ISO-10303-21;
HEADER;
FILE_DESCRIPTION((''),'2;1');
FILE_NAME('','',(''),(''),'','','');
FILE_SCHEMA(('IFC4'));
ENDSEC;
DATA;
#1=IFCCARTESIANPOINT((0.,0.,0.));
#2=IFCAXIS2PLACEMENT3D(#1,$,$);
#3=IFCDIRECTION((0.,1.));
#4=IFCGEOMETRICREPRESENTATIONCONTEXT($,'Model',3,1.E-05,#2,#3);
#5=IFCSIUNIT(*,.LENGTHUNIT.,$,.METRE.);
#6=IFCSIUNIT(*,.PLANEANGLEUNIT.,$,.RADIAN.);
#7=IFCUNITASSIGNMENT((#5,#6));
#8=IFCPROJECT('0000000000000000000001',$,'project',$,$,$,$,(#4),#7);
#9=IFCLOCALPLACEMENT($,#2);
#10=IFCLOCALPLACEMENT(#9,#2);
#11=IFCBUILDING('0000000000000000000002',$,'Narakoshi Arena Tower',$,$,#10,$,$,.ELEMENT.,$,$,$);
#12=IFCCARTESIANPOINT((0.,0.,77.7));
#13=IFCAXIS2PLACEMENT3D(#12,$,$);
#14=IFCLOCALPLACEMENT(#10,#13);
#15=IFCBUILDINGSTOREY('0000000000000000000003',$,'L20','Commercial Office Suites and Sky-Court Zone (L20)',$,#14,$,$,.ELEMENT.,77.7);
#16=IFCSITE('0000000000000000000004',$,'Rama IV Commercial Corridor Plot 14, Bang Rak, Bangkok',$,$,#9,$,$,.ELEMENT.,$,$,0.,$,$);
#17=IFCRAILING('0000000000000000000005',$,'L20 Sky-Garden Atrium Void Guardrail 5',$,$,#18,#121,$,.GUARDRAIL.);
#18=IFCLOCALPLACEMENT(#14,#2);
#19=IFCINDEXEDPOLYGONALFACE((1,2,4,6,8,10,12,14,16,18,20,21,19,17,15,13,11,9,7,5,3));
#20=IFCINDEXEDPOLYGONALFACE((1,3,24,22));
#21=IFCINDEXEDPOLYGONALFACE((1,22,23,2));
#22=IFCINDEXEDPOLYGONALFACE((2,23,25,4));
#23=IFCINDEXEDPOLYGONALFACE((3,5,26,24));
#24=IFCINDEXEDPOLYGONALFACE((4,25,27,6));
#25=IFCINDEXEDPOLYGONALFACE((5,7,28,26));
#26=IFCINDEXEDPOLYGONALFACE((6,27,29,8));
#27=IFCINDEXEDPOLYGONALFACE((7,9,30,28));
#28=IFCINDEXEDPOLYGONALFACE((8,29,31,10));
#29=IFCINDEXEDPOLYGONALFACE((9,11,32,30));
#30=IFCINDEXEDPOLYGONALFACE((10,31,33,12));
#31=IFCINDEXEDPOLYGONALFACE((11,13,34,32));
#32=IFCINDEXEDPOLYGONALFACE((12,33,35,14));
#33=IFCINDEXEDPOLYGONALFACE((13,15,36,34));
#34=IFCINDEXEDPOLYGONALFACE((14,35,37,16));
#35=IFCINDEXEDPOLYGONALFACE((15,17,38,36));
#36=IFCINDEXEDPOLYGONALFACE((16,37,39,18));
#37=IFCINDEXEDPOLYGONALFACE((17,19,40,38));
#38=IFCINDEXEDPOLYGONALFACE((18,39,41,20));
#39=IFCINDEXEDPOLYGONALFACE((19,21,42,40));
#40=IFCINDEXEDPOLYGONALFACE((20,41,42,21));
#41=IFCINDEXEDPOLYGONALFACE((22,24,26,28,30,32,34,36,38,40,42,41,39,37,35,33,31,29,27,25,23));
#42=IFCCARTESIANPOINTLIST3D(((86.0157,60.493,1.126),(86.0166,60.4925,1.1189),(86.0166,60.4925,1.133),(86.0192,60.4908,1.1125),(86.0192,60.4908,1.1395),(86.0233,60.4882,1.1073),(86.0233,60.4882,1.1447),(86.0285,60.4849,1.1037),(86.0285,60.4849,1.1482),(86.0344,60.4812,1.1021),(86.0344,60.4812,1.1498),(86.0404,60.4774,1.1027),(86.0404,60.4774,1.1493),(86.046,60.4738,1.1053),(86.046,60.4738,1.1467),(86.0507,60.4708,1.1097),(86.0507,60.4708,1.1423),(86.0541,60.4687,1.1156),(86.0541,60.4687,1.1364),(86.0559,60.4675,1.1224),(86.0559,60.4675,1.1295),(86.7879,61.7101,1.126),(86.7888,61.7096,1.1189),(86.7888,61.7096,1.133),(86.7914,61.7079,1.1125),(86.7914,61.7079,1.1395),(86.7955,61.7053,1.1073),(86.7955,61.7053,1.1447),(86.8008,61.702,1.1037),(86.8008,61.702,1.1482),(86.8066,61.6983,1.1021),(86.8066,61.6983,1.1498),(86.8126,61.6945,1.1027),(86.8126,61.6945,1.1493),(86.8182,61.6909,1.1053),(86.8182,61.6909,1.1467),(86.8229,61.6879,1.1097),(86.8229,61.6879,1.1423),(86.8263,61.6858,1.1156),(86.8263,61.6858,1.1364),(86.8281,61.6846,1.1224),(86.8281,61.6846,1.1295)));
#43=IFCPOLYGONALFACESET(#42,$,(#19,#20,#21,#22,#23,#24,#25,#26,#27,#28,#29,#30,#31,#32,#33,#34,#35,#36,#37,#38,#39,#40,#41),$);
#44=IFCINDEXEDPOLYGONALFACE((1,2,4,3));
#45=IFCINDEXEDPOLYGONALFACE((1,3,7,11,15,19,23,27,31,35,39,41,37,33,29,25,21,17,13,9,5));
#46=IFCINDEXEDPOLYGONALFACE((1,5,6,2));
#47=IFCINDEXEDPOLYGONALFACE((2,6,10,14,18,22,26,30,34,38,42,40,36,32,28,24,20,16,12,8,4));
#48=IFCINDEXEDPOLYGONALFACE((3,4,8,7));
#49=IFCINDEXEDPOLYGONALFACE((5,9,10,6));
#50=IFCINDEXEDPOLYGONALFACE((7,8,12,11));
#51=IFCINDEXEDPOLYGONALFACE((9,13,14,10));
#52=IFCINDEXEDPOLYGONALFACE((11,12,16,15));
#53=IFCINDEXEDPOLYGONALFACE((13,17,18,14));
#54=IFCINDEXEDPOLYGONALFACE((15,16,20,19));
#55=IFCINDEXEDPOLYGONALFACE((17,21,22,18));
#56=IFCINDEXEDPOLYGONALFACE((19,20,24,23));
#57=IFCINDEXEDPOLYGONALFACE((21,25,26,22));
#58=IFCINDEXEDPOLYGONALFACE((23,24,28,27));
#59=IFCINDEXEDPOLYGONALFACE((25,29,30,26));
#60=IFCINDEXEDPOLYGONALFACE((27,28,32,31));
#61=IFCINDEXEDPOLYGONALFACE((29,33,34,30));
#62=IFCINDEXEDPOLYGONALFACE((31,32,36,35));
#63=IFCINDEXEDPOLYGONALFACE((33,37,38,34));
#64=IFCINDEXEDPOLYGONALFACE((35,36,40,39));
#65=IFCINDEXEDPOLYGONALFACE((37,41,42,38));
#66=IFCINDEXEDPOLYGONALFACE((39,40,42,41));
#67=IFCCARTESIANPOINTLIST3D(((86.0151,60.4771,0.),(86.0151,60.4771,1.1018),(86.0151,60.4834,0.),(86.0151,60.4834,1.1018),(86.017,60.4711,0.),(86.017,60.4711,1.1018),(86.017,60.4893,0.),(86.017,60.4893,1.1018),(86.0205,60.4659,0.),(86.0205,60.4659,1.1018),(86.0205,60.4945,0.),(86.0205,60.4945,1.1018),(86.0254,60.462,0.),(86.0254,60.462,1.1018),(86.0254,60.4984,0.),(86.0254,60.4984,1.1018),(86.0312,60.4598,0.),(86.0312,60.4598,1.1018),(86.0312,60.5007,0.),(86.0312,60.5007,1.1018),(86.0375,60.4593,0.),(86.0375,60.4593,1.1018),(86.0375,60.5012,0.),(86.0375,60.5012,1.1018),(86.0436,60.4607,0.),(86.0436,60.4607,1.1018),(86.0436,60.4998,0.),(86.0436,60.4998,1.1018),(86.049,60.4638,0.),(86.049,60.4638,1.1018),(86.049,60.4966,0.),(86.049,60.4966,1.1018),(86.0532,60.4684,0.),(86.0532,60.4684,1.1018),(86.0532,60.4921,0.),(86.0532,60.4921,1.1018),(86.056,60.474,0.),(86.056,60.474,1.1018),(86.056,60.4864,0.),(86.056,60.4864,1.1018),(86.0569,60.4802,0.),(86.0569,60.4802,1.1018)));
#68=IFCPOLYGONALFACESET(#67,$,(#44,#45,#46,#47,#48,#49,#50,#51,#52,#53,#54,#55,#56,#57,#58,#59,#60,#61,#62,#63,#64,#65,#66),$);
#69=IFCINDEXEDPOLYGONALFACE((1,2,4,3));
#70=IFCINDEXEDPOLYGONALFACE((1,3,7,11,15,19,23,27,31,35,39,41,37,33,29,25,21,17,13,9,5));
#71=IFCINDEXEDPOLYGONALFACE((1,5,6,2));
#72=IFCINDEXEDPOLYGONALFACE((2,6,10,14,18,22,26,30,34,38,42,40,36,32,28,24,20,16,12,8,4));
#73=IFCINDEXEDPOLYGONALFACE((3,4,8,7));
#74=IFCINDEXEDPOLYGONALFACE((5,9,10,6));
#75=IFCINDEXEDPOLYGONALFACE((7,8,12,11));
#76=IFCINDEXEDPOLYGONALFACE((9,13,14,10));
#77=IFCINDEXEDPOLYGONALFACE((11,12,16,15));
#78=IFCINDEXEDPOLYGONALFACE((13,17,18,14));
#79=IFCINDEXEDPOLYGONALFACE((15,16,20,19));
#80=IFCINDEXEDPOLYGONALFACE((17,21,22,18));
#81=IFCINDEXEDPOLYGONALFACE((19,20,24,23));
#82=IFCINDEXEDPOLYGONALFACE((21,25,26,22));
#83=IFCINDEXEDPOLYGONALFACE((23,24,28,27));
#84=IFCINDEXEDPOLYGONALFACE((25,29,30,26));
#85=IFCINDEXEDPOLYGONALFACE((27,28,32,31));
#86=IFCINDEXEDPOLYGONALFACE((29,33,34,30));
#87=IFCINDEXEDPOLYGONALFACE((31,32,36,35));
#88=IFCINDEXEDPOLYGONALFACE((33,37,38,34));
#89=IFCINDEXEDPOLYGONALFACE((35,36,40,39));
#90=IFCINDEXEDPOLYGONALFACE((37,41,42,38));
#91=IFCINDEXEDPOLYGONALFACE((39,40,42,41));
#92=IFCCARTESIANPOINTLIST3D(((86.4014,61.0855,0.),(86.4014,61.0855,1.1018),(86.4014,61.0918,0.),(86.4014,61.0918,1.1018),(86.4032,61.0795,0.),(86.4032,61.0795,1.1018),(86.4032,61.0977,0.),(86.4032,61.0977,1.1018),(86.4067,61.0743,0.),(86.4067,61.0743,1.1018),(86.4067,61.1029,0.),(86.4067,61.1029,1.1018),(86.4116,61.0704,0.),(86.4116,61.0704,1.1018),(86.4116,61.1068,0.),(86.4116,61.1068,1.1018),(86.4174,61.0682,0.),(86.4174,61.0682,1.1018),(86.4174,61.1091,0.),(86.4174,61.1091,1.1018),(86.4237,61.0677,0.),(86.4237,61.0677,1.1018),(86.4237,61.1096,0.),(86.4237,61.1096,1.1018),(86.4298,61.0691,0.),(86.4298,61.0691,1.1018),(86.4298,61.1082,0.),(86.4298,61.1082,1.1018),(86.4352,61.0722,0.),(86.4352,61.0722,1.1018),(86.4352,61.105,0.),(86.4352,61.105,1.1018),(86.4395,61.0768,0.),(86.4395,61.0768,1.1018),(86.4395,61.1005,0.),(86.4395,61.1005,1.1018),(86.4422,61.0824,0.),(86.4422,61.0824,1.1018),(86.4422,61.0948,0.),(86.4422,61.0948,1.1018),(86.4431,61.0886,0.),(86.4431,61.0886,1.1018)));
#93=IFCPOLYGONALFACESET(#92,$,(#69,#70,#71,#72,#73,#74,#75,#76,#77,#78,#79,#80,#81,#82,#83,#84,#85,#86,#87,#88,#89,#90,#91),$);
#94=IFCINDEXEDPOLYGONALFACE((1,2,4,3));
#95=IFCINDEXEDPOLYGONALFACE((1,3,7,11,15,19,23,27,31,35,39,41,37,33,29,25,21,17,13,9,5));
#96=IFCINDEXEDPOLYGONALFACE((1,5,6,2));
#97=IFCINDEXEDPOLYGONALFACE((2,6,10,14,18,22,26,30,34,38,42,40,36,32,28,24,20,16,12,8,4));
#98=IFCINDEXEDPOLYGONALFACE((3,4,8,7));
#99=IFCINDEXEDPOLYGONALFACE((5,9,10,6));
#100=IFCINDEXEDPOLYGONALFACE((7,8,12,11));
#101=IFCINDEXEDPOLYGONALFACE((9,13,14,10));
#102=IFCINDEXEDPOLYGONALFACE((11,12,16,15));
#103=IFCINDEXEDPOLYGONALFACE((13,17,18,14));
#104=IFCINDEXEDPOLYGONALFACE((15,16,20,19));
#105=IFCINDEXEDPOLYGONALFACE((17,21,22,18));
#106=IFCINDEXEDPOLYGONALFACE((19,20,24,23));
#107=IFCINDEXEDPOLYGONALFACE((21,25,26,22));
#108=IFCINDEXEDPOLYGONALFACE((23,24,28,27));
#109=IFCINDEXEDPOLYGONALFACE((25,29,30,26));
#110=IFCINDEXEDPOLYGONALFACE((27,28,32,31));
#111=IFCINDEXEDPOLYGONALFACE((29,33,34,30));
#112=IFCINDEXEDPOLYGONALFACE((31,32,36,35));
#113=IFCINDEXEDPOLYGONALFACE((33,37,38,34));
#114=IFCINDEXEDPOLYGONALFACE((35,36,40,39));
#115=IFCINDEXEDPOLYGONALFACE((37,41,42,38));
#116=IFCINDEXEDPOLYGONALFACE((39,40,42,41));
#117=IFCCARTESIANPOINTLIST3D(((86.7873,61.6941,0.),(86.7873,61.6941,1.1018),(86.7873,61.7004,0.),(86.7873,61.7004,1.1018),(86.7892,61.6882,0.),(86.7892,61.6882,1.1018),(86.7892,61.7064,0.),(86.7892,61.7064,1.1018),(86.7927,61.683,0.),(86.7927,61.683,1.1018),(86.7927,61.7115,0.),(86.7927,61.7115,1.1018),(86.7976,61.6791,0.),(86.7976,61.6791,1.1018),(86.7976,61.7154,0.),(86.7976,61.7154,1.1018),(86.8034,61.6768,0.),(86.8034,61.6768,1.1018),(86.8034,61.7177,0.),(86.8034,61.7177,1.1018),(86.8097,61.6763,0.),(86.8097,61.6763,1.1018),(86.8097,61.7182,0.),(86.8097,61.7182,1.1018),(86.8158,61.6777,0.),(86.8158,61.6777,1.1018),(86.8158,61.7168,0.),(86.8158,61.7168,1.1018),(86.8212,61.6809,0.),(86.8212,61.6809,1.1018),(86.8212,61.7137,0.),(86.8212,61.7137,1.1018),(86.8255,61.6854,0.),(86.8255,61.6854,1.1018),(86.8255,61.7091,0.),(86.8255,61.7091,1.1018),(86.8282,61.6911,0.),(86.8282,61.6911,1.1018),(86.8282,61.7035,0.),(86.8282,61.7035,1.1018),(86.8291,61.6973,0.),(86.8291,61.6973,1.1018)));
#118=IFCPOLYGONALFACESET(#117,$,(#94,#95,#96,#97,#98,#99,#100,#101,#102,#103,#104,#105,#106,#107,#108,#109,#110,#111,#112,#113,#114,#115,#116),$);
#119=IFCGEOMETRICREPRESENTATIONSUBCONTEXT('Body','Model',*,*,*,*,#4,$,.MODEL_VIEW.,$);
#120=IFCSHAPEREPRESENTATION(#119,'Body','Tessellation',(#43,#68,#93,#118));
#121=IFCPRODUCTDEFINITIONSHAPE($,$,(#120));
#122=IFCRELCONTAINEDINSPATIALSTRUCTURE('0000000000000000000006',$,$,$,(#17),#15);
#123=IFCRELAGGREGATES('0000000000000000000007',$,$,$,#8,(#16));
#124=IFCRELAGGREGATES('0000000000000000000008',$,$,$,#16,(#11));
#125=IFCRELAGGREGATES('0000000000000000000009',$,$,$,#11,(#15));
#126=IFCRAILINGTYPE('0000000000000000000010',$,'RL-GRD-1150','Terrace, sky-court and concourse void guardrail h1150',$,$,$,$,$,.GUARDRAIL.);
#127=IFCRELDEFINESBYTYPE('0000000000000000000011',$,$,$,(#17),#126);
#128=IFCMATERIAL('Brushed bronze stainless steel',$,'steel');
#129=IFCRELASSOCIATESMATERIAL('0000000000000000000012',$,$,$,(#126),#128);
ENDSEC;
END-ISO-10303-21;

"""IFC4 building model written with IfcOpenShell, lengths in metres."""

from ifc_helpers import new_model, si_unit, direction, frame, origin, origin_2d, place, context, subcontext, project, spatial, circle, extrude, material, type_object, element, save


model = new_model("IFC4")

# Units and contexts
model_context = context("Model", 3, precision=1e-05, world=origin(), true_north=direction((0.0, 1.0)))
body_context = subcontext(model_context, "Body", "Model", "MODEL_VIEW")
ifc_project = project(units=[si_unit("LENGTHUNIT", "METRE"), si_unit("PLANEANGLEUNIT", "RADIAN")], contexts=[model_context])

# Site, building, storey
site_placement = place(None, origin())
site = spatial("IfcSite", under=ifc_project, at=site_placement, Name="Rama IV Commercial Corridor Plot 14, Bang Rak, Bangkok", CompositionType="ELEMENT", RefElevation=0.0)
building_placement = place(site_placement, origin())
building = spatial("IfcBuilding", under=site, at=building_placement, Name="Narakoshi Arena Tower", CompositionType="ELEMENT")
storey_placement = place(building_placement, frame((0.0, 0.0, 77.7)))
storey = spatial("IfcBuildingStorey", under=building, at=storey_placement, Name="L20", Description="Commercial Office Suites and Sky-Court Zone (L20)", CompositionType="ELEMENT", Elevation=77.7)

# Railing
ifc_material_1 = material(Name="Brushed bronze stainless steel", Category="steel")
railing_type = type_object("IfcRailingType", Name="RL-GRD-1150", Description="Terrace, sky-court and concourse void guardrail h1150", PredefinedType="GUARDRAIL", material=ifc_material_1)
railing_1_placement = place(storey_placement, frame((86.0359, 60.4802, 0.0)))
element("IfcRailing", 1, at=railing_1_placement, inside=storey, type_object=railing_type, Name="L20 Sky-Garden Atrium Void Guardrail 5", PredefinedType="GUARDRAIL", context=body_context, shape_type="SweptSolid", body=[
    extrude(circle(Radius=0.0239, at=origin_2d()), frame((0.0, 0.0, 1.126), z_axis=(0.535757, 0.844372, 0.0), x_axis=(-0.844372, 0.535757, 0.0)), (0.0, 0.0, 1.0), 1.4414),
    extrude(circle(Radius=0.021, at=origin_2d()), origin(), (0.0, 0.0, 1.0), 1.1018),
    extrude(circle(Radius=0.021, at=origin_2d()), frame((0.3862, 0.6084, 0.0)), (0.0, 0.0, 1.0), 1.1018),
    extrude(circle(Radius=0.021, at=origin_2d()), frame((0.7722, 1.217, 0.0)), (0.0, 0.0, 1.0), 1.1018),
])

save(model, "model.ifc")
